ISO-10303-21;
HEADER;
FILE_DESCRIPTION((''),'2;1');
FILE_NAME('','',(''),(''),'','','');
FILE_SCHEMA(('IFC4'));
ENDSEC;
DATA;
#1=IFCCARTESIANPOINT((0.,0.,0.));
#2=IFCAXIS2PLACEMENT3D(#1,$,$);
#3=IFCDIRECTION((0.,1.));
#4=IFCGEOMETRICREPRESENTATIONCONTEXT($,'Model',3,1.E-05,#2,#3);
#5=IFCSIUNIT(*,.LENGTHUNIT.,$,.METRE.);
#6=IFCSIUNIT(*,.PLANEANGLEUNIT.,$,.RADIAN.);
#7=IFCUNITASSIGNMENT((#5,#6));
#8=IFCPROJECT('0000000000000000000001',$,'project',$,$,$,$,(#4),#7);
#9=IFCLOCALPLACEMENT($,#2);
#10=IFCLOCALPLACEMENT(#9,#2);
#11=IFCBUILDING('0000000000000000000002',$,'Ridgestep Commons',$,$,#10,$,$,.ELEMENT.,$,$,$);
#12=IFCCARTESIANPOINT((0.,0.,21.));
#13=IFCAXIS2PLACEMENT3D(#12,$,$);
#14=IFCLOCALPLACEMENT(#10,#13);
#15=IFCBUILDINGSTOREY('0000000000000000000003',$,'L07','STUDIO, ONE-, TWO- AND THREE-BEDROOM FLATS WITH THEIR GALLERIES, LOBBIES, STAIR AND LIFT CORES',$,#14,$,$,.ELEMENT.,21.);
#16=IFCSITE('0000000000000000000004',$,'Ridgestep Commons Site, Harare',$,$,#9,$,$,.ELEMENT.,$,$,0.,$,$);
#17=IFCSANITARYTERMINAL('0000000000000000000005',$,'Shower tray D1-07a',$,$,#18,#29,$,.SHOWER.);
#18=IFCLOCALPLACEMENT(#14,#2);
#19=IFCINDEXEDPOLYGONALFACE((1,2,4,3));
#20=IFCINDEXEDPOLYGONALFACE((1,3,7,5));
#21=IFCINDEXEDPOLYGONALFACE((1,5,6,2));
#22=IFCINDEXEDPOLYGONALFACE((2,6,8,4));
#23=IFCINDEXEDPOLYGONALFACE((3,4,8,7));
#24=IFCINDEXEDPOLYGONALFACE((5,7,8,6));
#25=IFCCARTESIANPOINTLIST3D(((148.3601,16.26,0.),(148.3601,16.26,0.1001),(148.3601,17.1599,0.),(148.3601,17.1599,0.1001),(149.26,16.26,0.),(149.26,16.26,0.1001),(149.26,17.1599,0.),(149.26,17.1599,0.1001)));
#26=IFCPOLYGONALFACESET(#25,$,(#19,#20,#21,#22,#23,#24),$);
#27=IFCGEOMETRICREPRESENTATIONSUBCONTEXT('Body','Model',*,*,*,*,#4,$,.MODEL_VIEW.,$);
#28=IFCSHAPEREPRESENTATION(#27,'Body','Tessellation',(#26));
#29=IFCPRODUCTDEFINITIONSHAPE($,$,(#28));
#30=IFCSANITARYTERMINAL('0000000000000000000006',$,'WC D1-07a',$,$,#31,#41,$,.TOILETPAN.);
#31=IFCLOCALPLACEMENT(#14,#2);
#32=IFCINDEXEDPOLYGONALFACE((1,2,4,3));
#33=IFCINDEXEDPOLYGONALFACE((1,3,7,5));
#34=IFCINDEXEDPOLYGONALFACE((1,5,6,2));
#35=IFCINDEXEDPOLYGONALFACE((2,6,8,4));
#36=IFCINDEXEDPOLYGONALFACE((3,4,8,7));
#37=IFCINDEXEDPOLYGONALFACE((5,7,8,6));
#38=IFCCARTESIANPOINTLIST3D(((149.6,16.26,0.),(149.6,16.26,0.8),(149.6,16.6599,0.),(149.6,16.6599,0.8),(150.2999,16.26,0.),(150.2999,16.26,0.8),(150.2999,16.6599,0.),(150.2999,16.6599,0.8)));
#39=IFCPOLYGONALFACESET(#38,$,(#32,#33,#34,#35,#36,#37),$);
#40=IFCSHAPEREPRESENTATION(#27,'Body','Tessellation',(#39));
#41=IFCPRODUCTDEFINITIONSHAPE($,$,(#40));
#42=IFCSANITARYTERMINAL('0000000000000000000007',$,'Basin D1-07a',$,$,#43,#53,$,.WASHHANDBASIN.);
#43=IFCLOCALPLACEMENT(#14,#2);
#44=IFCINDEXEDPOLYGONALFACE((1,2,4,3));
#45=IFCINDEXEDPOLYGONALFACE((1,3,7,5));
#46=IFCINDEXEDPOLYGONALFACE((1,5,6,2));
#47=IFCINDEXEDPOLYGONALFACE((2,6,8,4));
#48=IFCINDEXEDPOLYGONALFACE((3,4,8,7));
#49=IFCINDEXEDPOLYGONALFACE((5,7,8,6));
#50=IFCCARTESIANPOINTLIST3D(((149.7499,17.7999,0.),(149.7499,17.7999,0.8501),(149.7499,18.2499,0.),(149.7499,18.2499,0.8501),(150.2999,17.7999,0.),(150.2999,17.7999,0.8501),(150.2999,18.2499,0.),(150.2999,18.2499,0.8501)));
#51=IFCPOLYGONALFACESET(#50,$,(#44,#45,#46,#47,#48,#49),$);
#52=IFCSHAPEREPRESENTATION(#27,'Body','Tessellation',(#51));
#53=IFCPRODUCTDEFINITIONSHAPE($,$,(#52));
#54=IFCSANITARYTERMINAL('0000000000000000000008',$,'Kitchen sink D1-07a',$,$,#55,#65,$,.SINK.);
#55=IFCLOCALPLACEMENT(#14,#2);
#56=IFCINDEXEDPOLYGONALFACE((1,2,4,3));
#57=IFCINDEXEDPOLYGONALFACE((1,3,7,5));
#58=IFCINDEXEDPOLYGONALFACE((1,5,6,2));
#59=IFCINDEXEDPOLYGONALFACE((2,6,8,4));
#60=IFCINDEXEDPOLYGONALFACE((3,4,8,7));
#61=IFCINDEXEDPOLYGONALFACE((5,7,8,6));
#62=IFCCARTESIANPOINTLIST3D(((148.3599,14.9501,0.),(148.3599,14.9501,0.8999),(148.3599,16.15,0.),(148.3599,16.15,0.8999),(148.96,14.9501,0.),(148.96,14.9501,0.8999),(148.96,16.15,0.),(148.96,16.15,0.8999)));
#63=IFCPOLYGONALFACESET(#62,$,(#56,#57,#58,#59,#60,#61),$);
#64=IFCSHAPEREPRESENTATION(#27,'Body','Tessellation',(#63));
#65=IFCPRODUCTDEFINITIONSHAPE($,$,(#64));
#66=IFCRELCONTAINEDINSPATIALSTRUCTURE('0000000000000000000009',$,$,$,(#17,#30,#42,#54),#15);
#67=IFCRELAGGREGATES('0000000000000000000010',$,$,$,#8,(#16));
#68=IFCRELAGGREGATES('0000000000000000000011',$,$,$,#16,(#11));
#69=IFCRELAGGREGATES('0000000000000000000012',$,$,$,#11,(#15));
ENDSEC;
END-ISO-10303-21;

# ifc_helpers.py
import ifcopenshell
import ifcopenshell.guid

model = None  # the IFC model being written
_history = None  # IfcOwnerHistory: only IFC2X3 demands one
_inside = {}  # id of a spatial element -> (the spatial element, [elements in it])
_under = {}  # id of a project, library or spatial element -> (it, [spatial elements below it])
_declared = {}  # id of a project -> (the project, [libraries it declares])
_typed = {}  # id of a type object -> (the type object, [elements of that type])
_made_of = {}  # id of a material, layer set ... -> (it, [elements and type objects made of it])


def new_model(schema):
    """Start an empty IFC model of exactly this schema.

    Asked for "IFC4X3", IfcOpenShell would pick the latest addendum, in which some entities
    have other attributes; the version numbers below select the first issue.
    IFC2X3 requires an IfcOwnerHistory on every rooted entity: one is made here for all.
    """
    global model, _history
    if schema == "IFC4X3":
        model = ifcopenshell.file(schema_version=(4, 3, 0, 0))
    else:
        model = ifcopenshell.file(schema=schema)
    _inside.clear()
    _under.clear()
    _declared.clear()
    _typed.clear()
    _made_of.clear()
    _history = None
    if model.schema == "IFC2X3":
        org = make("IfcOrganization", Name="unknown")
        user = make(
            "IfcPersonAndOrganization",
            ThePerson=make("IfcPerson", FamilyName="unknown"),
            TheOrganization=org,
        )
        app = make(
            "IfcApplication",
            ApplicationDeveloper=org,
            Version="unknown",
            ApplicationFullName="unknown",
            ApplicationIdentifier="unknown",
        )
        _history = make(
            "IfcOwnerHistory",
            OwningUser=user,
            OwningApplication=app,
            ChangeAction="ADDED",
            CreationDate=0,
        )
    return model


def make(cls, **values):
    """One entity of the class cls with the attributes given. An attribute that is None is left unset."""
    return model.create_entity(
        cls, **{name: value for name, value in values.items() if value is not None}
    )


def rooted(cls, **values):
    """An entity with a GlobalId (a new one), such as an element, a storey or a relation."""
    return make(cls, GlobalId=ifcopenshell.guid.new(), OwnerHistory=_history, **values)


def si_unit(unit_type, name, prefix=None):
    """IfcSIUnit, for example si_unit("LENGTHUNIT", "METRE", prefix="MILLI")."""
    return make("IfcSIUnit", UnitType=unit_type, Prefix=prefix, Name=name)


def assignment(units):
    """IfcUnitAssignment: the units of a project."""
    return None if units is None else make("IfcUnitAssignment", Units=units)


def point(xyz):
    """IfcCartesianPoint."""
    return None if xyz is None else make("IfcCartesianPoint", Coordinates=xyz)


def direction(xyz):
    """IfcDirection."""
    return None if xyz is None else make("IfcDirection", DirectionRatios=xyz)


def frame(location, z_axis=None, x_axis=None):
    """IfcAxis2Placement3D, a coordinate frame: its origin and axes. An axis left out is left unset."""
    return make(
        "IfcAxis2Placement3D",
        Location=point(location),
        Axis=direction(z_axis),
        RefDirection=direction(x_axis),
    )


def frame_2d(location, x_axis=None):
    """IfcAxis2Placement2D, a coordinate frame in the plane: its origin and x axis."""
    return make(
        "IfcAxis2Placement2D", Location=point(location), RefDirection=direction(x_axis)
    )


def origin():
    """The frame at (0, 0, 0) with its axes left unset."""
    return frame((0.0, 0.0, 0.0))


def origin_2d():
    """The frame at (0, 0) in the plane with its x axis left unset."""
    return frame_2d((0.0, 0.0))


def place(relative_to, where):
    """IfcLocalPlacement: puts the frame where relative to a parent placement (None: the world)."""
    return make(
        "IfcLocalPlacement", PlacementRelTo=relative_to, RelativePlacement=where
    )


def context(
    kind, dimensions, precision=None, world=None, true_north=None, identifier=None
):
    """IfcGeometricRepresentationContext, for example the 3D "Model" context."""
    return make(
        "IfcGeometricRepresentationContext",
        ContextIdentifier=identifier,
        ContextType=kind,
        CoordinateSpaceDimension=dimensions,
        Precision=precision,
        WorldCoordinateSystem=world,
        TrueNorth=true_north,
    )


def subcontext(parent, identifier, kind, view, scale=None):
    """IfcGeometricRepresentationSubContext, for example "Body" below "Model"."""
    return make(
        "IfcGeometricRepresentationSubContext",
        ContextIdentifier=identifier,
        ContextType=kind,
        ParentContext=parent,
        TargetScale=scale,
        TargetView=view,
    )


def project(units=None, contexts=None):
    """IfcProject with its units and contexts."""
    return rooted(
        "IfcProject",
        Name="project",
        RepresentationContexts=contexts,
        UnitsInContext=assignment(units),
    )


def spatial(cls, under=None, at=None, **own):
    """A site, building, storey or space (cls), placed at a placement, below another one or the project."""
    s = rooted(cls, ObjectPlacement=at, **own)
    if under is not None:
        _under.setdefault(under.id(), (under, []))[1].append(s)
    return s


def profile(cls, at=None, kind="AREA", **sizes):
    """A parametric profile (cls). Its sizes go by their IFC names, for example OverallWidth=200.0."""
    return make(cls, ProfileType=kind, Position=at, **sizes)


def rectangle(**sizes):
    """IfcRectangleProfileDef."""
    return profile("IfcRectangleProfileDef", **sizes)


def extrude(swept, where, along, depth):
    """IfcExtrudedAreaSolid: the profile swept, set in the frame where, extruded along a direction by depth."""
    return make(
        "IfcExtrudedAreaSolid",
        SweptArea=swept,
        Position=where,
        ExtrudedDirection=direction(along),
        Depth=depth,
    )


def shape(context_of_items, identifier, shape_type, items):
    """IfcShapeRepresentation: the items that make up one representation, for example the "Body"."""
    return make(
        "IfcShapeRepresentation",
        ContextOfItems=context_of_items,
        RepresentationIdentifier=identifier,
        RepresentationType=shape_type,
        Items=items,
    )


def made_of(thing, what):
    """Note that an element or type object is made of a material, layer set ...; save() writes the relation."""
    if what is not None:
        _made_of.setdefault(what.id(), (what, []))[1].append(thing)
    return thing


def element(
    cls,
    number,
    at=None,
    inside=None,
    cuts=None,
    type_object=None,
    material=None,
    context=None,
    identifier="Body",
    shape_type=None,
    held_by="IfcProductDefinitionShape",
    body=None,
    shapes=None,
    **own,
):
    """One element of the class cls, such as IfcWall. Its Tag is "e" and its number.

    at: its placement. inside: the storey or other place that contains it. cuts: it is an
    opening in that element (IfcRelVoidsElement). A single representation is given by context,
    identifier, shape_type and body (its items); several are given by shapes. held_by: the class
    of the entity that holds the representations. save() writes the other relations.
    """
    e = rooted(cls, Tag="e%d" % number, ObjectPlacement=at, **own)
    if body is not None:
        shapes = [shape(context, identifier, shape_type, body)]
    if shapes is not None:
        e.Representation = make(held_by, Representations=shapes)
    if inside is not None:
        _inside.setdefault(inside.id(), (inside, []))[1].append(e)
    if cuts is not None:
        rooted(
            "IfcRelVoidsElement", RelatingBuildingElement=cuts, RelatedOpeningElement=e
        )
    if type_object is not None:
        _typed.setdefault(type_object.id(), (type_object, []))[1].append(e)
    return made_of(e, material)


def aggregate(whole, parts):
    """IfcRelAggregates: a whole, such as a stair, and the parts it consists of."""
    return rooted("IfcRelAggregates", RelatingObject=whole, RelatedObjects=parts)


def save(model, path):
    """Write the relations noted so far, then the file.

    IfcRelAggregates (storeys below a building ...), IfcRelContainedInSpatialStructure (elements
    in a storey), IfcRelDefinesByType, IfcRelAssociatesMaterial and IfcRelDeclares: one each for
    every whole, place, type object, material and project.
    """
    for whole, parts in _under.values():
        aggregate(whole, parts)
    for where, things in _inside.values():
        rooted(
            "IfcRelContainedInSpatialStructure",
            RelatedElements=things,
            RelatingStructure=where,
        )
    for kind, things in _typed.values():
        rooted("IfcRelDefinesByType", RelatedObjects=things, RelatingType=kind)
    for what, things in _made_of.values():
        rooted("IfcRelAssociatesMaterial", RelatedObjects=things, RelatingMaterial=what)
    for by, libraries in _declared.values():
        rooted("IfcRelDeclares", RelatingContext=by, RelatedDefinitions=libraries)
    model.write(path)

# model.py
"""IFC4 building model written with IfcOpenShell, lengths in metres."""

from ifc_helpers import new_model, si_unit, direction, frame, origin, origin_2d, place, context, subcontext, project, spatial, rectangle, extrude, element, save


model = new_model("IFC4")

# Units and contexts
model_context = context("Model", 3, precision=1e-05, world=origin(), true_north=direction((0.0, 1.0)))
body_context = subcontext(model_context, "Body", "Model", "MODEL_VIEW")
ifc_project = project(units=[si_unit("LENGTHUNIT", "METRE"), si_unit("PLANEANGLEUNIT", "RADIAN")], contexts=[model_context])

# Site, building, storey
site_placement = place(None, origin())
site = spatial("IfcSite", under=ifc_project, at=site_placement, Name="Ridgestep Commons Site, Harare", CompositionType="ELEMENT", RefElevation=0.0)
building_placement = place(site_placement, origin())
building = spatial("IfcBuilding", under=site, at=building_placement, Name="Ridgestep Commons", CompositionType="ELEMENT")
storey_placement = place(building_placement, frame((0.0, 0.0, 21.0)))
storey = spatial("IfcBuildingStorey", under=building, at=storey_placement, Name="L07", Description="STUDIO, ONE-, TWO- AND THREE-BEDROOM FLATS WITH THEIR GALLERIES, LOBBIES, STAIR AND LIFT CORES", CompositionType="ELEMENT", Elevation=21.0)

# Sanitary terminals
sanitary_terminal_1_placement = place(storey_placement, frame((148.8101, 16.71, 0.0), z_axis=(0.0, 0.0, 1.0), x_axis=(1.0, 0.0, 0.0)))
element("IfcSanitaryTerminal", 1, at=sanitary_terminal_1_placement, inside=storey, Name="Shower tray D1-07a", PredefinedType="SHOWER", context=body_context, shape_type="SweptSolid", body=[
    extrude(rectangle(XDim=0.8999, YDim=0.8999, at=origin_2d()), origin(), (0.0, 0.0, 1.0), 0.1001),
])
sanitary_terminal_2_placement = place(storey_placement, frame((149.95, 16.46, 0.0), z_axis=(0.0, 0.0, 1.0), x_axis=(1.0, 0.0, 0.0)))
element("IfcSanitaryTerminal", 2, at=sanitary_terminal_2_placement, inside=storey, Name="WC D1-07a", PredefinedType="TOILETPAN", context=body_context, shape_type="SweptSolid", body=[
    extrude(rectangle(XDim=0.7, YDim=0.3999, at=origin_2d()), origin(), (0.0, 0.0, 1.0), 0.8),
])
sanitary_terminal_3_placement = place(storey_placement, frame((150.0249, 18.0249, 0.0), z_axis=(0.0, 0.0, 1.0), x_axis=(1.0, 0.0, 0.0)))
element("IfcSanitaryTerminal", 3, at=sanitary_terminal_3_placement, inside=storey, Name="Basin D1-07a", PredefinedType="WASHHANDBASIN", context=body_context, shape_type="SweptSolid", body=[
    extrude(rectangle(XDim=0.55, YDim=0.45, at=origin_2d()), origin(), (0.0, 0.0, 1.0), 0.8501),
])
sanitary_terminal_4_placement = place(storey_placement, frame((148.6599, 15.55, 0.0), z_axis=(0.0, 0.0, 1.0), x_axis=(1.0, 0.0, 0.0)))
element("IfcSanitaryTerminal", 4, at=sanitary_terminal_4_placement, inside=storey, Name="Kitchen sink D1-07a", PredefinedType="SINK", context=body_context, shape_type="SweptSolid", body=[
    extrude(rectangle(XDim=0.6001, YDim=1.2, at=origin_2d()), origin(), (0.0, 0.0, 1.0), 0.8999),
])

save(model, "model.ifc")
